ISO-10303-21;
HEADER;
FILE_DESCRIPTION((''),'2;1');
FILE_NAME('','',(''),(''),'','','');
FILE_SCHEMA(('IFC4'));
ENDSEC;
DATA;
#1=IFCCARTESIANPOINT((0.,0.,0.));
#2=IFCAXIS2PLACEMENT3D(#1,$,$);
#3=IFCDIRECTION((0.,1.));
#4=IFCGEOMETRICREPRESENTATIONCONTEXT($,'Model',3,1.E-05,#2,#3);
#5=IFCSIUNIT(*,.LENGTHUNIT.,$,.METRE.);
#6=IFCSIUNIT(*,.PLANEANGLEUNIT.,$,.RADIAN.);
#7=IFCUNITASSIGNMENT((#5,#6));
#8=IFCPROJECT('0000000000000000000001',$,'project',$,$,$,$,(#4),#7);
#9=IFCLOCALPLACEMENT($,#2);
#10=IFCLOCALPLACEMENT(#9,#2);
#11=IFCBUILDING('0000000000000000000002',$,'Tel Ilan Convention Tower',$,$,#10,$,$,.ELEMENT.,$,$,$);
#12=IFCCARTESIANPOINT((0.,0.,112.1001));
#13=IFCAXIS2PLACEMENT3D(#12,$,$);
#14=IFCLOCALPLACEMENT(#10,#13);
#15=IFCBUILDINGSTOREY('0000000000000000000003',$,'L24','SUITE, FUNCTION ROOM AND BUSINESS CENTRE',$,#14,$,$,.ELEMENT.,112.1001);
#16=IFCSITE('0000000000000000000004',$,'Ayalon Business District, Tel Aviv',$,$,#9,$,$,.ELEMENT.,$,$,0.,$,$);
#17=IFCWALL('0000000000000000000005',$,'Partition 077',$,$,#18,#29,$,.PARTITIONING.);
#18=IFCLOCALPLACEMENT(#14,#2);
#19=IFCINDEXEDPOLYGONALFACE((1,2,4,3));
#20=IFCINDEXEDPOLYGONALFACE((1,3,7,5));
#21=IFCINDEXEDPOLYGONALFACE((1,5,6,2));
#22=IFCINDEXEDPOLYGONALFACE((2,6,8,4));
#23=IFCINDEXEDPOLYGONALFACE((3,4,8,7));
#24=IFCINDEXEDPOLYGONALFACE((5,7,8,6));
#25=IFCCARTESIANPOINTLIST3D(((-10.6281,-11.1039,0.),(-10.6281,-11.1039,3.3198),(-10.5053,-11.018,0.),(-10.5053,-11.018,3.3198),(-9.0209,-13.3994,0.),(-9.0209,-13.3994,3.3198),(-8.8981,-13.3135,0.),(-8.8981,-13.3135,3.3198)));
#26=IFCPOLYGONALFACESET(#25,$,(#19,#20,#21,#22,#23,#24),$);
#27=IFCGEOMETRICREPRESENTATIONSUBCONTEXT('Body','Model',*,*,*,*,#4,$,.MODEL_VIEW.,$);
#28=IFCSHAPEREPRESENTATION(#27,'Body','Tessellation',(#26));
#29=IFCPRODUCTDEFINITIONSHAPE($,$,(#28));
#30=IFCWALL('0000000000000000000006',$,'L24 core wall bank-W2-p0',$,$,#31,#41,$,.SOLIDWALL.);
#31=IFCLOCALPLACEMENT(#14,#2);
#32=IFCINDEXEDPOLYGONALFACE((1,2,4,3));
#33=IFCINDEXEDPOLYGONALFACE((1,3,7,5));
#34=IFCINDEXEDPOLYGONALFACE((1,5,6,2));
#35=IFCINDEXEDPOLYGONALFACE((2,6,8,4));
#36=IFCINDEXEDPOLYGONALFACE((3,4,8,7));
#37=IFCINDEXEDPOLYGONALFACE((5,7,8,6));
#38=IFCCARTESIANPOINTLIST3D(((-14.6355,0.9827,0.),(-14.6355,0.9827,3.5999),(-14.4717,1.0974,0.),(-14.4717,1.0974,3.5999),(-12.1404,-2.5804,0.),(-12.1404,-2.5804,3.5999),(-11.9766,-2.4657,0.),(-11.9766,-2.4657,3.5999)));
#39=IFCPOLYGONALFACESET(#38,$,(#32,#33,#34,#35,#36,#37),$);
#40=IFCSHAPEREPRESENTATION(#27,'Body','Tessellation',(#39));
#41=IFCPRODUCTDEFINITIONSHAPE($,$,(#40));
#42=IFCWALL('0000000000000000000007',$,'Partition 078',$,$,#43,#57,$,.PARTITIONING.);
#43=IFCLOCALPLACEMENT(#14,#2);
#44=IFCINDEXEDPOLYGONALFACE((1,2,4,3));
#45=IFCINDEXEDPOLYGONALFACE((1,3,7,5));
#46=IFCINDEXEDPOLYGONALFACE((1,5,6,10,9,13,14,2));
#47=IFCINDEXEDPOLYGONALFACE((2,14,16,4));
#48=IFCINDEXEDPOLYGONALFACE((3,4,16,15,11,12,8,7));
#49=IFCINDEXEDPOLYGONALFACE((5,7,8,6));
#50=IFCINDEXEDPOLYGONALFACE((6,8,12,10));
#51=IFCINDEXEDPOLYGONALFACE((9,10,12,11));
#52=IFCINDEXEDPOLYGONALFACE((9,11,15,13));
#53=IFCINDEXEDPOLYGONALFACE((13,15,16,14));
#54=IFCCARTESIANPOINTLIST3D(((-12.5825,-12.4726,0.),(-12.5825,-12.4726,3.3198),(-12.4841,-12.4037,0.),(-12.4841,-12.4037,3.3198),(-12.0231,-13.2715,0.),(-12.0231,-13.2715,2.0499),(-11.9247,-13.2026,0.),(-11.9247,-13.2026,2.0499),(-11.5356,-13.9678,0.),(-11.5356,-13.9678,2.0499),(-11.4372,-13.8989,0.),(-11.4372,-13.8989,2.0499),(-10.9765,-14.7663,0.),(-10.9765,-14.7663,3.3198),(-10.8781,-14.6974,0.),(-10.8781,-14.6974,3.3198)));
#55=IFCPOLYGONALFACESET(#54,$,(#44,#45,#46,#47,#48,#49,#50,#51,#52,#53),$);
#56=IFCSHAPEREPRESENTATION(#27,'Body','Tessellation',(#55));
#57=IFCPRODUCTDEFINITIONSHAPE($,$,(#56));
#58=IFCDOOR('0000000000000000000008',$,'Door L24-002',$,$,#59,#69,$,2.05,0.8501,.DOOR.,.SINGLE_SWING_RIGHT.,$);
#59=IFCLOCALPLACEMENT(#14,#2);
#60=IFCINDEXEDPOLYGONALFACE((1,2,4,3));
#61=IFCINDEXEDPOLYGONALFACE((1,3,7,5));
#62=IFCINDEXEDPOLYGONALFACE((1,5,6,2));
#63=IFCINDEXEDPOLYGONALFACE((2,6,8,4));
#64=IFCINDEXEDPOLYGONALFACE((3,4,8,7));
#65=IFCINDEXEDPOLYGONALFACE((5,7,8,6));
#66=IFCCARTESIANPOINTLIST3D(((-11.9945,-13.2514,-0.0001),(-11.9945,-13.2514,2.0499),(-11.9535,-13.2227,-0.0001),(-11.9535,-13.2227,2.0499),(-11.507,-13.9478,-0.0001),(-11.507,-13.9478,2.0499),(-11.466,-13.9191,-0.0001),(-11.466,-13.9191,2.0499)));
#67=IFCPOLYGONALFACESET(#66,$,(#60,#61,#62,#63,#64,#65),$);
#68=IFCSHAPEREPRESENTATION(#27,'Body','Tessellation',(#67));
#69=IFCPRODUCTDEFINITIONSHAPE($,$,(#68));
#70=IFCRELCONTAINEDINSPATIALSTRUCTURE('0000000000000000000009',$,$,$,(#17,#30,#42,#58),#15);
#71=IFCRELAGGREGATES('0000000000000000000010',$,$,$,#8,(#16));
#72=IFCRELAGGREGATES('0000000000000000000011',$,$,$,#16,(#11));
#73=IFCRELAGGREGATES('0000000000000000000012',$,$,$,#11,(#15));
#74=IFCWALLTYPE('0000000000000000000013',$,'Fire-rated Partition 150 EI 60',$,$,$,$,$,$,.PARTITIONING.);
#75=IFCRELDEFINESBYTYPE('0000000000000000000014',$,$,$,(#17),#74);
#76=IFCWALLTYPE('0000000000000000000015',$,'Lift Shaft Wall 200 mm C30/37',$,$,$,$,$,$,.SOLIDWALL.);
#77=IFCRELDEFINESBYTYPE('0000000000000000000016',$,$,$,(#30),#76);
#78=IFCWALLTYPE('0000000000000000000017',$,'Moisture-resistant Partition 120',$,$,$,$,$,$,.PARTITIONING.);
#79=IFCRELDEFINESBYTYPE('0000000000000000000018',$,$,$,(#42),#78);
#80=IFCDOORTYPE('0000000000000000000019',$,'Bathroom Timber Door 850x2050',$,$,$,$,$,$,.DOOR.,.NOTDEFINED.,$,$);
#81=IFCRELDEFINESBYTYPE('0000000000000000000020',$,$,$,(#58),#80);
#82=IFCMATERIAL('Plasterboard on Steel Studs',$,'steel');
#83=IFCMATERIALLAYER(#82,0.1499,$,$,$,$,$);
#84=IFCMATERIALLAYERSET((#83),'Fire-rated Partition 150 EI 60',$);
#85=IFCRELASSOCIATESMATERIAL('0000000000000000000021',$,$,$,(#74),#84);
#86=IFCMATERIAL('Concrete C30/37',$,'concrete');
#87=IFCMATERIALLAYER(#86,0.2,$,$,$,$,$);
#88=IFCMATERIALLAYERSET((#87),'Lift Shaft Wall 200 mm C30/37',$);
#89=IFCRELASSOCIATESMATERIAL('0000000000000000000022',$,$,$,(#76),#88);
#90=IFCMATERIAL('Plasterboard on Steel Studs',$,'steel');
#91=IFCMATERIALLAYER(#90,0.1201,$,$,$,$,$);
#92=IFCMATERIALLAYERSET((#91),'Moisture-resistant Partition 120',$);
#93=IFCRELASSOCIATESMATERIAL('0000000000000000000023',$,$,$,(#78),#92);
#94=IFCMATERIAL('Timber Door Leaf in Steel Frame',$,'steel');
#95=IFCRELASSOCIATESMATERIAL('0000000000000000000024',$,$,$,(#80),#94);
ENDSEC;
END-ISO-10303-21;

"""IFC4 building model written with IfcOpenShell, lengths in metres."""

from ifc_helpers import new_model, si_unit, direction, frame, frame_2d, origin, place, context, subcontext, project, spatial, rectangle, extrude, material, layer, layer_set, type_object, element, fill, save


model = new_model("IFC4")

# Units and contexts
model_context = context("Model", 3, precision=1e-05, world=origin(), true_north=direction((0.0, 1.0)))
body_context = subcontext(model_context, "Body", "Model", "MODEL_VIEW")
ifc_project = project(units=[si_unit("LENGTHUNIT", "METRE"), si_unit("PLANEANGLEUNIT", "RADIAN")], contexts=[model_context])

# Site, building, storey
site_placement = place(None, origin())
site = spatial("IfcSite", under=ifc_project, at=site_placement, Name="Ayalon Business District, Tel Aviv", CompositionType="ELEMENT", RefElevation=0.0)
building_placement = place(site_placement, origin())
building = spatial("IfcBuilding", under=site, at=building_placement, Name="Tel Ilan Convention Tower", CompositionType="ELEMENT")
storey_placement = place(building_placement, frame((0.0, 0.0, 112.1001)))
storey = spatial("IfcBuildingStorey", under=building, at=storey_placement, Name="L24", Description="SUITE, FUNCTION ROOM AND BUSINESS CENTRE", CompositionType="ELEMENT", Elevation=112.1001)

# Shared definitions
ifc_material_1 = material(Name="Plasterboard on Steel Studs", Category="steel")
ifc_layer_1 = layer(ifc_material_1, 0.1499)
ifc_layer_set_1 = layer_set([ifc_layer_1], Name="Fire-rated Partition 150 EI 60")
wall_type_1 = type_object("IfcWallType", Name="Fire-rated Partition 150 EI 60", PredefinedType="PARTITIONING", material=ifc_layer_set_1)

# Walls
wall_1_placement = place(storey_placement, frame((-8.9595, -13.3564, 0.0), z_axis=(0.0, 0.0, 1.0), x_axis=(-0.573556, 0.819166, 0.0)))
element("IfcWall", 1, at=wall_1_placement, inside=storey, type_object=wall_type_1, Name="Partition 077", PredefinedType="PARTITIONING", context=body_context, shape_type="SweptSolid", body=[
    extrude(rectangle(XDim=2.8022, YDim=0.1499, at=frame_2d((1.4011, 0.0))), origin(), (0.0, 0.0, 1.0), 3.3198),
])
ifc_material_2 = material(Name="Concrete C30/37", Category="concrete")
ifc_layer_2 = layer(ifc_material_2, 0.2)
ifc_layer_set_2 = layer_set([ifc_layer_2], Name="Lift Shaft Wall 200 mm C30/37")
wall_type_2 = type_object("IfcWallType", Name="Lift Shaft Wall 200 mm C30/37", PredefinedType="SOLIDWALL", material=ifc_layer_set_2)
wall_2_placement = place(storey_placement, frame((-12.0586, -2.5229, 0.0), z_axis=(0.0, 0.0, 1.0), x_axis=(-0.573594, 0.81914, 0.0)))
element("IfcWall", 2, at=wall_2_placement, inside=storey, type_object=wall_type_2, Name="L24 core wall bank-W2-p0", PredefinedType="SOLIDWALL", context=body_context, shape_type="SweptSolid", body=[
    extrude(rectangle(XDim=4.3499, YDim=0.2, at=frame_2d((2.1748, 0.0))), origin(), (0.0, 0.0, 1.0), 3.5999),
])

# Wall, opening, door
ifc_material_3 = material(Name="Plasterboard on Steel Studs", Category="steel")
ifc_layer_3 = layer(ifc_material_3, 0.1201)
ifc_layer_set_3 = layer_set([ifc_layer_3], Name="Moisture-resistant Partition 120")
wall_type_3 = type_object("IfcWallType", Name="Moisture-resistant Partition 120", PredefinedType="PARTITIONING", material=ifc_layer_set_3)
wall_3_placement = place(storey_placement, frame((-12.5332, -12.4382, 0.0), z_axis=(0.0, 0.0, 1.0), x_axis=(0.57355, -0.81917, 0.0)))
wall_3 = element("IfcWall", 3, at=wall_3_placement, inside=storey, type_object=wall_type_3, Name="Partition 078", PredefinedType="PARTITIONING", context=body_context, shape_type="SweptSolid", body=[
    extrude(rectangle(XDim=2.8, YDim=0.1201, at=frame_2d((1.3999, 0.0))), origin(), (0.0, 0.0, 1.0), 3.3198),
])
opening_1_placement = place(wall_3_placement, frame((0.9751, 0.0, 0.0)))
opening_1 = element("IfcOpeningElement", 4, at=opening_1_placement, cuts=wall_3, PredefinedType="OPENING", context=body_context, shape_type="SweptSolid", body=[
    extrude(rectangle(XDim=0.8501, YDim=2.05, at=frame_2d((0.425, 1.0249))), frame((0.0, 0.0701, 0.0), z_axis=(0.0, -1.0, 0.0), x_axis=(1.0, 0.0, 0.0)), (0.0, 0.0, 1.0), 0.1401),
])
ifc_material_4 = material(Name="Timber Door Leaf in Steel Frame", Category="steel")
door_type_1 = type_object("IfcDoorType", Name="Bathroom Timber Door 850x2050", OperationType="NOTDEFINED", PredefinedType="DOOR", material=ifc_material_4)
door_1_placement = place(opening_1_placement, origin())
door_1 = element("IfcDoor", 5, at=door_1_placement, inside=storey, type_object=door_type_1, Name="Door L24-002", OperationType="SINGLE_SWING_RIGHT", OverallHeight=2.05, OverallWidth=0.8501, PredefinedType="DOOR", context=body_context, shape_type="SweptSolid", body=[
    extrude(rectangle(XDim=0.8501, YDim=2.05, at=frame_2d((0.425, 1.0249))), frame((0.0, 0.0249, 0.0), z_axis=(0.0, -1.0, 0.0), x_axis=(1.0, 0.0, 0.0)), (0.0, 0.0, 1.0), 0.05),
])
fill(opening_1, door_1)

save(model, "model.ifc")
